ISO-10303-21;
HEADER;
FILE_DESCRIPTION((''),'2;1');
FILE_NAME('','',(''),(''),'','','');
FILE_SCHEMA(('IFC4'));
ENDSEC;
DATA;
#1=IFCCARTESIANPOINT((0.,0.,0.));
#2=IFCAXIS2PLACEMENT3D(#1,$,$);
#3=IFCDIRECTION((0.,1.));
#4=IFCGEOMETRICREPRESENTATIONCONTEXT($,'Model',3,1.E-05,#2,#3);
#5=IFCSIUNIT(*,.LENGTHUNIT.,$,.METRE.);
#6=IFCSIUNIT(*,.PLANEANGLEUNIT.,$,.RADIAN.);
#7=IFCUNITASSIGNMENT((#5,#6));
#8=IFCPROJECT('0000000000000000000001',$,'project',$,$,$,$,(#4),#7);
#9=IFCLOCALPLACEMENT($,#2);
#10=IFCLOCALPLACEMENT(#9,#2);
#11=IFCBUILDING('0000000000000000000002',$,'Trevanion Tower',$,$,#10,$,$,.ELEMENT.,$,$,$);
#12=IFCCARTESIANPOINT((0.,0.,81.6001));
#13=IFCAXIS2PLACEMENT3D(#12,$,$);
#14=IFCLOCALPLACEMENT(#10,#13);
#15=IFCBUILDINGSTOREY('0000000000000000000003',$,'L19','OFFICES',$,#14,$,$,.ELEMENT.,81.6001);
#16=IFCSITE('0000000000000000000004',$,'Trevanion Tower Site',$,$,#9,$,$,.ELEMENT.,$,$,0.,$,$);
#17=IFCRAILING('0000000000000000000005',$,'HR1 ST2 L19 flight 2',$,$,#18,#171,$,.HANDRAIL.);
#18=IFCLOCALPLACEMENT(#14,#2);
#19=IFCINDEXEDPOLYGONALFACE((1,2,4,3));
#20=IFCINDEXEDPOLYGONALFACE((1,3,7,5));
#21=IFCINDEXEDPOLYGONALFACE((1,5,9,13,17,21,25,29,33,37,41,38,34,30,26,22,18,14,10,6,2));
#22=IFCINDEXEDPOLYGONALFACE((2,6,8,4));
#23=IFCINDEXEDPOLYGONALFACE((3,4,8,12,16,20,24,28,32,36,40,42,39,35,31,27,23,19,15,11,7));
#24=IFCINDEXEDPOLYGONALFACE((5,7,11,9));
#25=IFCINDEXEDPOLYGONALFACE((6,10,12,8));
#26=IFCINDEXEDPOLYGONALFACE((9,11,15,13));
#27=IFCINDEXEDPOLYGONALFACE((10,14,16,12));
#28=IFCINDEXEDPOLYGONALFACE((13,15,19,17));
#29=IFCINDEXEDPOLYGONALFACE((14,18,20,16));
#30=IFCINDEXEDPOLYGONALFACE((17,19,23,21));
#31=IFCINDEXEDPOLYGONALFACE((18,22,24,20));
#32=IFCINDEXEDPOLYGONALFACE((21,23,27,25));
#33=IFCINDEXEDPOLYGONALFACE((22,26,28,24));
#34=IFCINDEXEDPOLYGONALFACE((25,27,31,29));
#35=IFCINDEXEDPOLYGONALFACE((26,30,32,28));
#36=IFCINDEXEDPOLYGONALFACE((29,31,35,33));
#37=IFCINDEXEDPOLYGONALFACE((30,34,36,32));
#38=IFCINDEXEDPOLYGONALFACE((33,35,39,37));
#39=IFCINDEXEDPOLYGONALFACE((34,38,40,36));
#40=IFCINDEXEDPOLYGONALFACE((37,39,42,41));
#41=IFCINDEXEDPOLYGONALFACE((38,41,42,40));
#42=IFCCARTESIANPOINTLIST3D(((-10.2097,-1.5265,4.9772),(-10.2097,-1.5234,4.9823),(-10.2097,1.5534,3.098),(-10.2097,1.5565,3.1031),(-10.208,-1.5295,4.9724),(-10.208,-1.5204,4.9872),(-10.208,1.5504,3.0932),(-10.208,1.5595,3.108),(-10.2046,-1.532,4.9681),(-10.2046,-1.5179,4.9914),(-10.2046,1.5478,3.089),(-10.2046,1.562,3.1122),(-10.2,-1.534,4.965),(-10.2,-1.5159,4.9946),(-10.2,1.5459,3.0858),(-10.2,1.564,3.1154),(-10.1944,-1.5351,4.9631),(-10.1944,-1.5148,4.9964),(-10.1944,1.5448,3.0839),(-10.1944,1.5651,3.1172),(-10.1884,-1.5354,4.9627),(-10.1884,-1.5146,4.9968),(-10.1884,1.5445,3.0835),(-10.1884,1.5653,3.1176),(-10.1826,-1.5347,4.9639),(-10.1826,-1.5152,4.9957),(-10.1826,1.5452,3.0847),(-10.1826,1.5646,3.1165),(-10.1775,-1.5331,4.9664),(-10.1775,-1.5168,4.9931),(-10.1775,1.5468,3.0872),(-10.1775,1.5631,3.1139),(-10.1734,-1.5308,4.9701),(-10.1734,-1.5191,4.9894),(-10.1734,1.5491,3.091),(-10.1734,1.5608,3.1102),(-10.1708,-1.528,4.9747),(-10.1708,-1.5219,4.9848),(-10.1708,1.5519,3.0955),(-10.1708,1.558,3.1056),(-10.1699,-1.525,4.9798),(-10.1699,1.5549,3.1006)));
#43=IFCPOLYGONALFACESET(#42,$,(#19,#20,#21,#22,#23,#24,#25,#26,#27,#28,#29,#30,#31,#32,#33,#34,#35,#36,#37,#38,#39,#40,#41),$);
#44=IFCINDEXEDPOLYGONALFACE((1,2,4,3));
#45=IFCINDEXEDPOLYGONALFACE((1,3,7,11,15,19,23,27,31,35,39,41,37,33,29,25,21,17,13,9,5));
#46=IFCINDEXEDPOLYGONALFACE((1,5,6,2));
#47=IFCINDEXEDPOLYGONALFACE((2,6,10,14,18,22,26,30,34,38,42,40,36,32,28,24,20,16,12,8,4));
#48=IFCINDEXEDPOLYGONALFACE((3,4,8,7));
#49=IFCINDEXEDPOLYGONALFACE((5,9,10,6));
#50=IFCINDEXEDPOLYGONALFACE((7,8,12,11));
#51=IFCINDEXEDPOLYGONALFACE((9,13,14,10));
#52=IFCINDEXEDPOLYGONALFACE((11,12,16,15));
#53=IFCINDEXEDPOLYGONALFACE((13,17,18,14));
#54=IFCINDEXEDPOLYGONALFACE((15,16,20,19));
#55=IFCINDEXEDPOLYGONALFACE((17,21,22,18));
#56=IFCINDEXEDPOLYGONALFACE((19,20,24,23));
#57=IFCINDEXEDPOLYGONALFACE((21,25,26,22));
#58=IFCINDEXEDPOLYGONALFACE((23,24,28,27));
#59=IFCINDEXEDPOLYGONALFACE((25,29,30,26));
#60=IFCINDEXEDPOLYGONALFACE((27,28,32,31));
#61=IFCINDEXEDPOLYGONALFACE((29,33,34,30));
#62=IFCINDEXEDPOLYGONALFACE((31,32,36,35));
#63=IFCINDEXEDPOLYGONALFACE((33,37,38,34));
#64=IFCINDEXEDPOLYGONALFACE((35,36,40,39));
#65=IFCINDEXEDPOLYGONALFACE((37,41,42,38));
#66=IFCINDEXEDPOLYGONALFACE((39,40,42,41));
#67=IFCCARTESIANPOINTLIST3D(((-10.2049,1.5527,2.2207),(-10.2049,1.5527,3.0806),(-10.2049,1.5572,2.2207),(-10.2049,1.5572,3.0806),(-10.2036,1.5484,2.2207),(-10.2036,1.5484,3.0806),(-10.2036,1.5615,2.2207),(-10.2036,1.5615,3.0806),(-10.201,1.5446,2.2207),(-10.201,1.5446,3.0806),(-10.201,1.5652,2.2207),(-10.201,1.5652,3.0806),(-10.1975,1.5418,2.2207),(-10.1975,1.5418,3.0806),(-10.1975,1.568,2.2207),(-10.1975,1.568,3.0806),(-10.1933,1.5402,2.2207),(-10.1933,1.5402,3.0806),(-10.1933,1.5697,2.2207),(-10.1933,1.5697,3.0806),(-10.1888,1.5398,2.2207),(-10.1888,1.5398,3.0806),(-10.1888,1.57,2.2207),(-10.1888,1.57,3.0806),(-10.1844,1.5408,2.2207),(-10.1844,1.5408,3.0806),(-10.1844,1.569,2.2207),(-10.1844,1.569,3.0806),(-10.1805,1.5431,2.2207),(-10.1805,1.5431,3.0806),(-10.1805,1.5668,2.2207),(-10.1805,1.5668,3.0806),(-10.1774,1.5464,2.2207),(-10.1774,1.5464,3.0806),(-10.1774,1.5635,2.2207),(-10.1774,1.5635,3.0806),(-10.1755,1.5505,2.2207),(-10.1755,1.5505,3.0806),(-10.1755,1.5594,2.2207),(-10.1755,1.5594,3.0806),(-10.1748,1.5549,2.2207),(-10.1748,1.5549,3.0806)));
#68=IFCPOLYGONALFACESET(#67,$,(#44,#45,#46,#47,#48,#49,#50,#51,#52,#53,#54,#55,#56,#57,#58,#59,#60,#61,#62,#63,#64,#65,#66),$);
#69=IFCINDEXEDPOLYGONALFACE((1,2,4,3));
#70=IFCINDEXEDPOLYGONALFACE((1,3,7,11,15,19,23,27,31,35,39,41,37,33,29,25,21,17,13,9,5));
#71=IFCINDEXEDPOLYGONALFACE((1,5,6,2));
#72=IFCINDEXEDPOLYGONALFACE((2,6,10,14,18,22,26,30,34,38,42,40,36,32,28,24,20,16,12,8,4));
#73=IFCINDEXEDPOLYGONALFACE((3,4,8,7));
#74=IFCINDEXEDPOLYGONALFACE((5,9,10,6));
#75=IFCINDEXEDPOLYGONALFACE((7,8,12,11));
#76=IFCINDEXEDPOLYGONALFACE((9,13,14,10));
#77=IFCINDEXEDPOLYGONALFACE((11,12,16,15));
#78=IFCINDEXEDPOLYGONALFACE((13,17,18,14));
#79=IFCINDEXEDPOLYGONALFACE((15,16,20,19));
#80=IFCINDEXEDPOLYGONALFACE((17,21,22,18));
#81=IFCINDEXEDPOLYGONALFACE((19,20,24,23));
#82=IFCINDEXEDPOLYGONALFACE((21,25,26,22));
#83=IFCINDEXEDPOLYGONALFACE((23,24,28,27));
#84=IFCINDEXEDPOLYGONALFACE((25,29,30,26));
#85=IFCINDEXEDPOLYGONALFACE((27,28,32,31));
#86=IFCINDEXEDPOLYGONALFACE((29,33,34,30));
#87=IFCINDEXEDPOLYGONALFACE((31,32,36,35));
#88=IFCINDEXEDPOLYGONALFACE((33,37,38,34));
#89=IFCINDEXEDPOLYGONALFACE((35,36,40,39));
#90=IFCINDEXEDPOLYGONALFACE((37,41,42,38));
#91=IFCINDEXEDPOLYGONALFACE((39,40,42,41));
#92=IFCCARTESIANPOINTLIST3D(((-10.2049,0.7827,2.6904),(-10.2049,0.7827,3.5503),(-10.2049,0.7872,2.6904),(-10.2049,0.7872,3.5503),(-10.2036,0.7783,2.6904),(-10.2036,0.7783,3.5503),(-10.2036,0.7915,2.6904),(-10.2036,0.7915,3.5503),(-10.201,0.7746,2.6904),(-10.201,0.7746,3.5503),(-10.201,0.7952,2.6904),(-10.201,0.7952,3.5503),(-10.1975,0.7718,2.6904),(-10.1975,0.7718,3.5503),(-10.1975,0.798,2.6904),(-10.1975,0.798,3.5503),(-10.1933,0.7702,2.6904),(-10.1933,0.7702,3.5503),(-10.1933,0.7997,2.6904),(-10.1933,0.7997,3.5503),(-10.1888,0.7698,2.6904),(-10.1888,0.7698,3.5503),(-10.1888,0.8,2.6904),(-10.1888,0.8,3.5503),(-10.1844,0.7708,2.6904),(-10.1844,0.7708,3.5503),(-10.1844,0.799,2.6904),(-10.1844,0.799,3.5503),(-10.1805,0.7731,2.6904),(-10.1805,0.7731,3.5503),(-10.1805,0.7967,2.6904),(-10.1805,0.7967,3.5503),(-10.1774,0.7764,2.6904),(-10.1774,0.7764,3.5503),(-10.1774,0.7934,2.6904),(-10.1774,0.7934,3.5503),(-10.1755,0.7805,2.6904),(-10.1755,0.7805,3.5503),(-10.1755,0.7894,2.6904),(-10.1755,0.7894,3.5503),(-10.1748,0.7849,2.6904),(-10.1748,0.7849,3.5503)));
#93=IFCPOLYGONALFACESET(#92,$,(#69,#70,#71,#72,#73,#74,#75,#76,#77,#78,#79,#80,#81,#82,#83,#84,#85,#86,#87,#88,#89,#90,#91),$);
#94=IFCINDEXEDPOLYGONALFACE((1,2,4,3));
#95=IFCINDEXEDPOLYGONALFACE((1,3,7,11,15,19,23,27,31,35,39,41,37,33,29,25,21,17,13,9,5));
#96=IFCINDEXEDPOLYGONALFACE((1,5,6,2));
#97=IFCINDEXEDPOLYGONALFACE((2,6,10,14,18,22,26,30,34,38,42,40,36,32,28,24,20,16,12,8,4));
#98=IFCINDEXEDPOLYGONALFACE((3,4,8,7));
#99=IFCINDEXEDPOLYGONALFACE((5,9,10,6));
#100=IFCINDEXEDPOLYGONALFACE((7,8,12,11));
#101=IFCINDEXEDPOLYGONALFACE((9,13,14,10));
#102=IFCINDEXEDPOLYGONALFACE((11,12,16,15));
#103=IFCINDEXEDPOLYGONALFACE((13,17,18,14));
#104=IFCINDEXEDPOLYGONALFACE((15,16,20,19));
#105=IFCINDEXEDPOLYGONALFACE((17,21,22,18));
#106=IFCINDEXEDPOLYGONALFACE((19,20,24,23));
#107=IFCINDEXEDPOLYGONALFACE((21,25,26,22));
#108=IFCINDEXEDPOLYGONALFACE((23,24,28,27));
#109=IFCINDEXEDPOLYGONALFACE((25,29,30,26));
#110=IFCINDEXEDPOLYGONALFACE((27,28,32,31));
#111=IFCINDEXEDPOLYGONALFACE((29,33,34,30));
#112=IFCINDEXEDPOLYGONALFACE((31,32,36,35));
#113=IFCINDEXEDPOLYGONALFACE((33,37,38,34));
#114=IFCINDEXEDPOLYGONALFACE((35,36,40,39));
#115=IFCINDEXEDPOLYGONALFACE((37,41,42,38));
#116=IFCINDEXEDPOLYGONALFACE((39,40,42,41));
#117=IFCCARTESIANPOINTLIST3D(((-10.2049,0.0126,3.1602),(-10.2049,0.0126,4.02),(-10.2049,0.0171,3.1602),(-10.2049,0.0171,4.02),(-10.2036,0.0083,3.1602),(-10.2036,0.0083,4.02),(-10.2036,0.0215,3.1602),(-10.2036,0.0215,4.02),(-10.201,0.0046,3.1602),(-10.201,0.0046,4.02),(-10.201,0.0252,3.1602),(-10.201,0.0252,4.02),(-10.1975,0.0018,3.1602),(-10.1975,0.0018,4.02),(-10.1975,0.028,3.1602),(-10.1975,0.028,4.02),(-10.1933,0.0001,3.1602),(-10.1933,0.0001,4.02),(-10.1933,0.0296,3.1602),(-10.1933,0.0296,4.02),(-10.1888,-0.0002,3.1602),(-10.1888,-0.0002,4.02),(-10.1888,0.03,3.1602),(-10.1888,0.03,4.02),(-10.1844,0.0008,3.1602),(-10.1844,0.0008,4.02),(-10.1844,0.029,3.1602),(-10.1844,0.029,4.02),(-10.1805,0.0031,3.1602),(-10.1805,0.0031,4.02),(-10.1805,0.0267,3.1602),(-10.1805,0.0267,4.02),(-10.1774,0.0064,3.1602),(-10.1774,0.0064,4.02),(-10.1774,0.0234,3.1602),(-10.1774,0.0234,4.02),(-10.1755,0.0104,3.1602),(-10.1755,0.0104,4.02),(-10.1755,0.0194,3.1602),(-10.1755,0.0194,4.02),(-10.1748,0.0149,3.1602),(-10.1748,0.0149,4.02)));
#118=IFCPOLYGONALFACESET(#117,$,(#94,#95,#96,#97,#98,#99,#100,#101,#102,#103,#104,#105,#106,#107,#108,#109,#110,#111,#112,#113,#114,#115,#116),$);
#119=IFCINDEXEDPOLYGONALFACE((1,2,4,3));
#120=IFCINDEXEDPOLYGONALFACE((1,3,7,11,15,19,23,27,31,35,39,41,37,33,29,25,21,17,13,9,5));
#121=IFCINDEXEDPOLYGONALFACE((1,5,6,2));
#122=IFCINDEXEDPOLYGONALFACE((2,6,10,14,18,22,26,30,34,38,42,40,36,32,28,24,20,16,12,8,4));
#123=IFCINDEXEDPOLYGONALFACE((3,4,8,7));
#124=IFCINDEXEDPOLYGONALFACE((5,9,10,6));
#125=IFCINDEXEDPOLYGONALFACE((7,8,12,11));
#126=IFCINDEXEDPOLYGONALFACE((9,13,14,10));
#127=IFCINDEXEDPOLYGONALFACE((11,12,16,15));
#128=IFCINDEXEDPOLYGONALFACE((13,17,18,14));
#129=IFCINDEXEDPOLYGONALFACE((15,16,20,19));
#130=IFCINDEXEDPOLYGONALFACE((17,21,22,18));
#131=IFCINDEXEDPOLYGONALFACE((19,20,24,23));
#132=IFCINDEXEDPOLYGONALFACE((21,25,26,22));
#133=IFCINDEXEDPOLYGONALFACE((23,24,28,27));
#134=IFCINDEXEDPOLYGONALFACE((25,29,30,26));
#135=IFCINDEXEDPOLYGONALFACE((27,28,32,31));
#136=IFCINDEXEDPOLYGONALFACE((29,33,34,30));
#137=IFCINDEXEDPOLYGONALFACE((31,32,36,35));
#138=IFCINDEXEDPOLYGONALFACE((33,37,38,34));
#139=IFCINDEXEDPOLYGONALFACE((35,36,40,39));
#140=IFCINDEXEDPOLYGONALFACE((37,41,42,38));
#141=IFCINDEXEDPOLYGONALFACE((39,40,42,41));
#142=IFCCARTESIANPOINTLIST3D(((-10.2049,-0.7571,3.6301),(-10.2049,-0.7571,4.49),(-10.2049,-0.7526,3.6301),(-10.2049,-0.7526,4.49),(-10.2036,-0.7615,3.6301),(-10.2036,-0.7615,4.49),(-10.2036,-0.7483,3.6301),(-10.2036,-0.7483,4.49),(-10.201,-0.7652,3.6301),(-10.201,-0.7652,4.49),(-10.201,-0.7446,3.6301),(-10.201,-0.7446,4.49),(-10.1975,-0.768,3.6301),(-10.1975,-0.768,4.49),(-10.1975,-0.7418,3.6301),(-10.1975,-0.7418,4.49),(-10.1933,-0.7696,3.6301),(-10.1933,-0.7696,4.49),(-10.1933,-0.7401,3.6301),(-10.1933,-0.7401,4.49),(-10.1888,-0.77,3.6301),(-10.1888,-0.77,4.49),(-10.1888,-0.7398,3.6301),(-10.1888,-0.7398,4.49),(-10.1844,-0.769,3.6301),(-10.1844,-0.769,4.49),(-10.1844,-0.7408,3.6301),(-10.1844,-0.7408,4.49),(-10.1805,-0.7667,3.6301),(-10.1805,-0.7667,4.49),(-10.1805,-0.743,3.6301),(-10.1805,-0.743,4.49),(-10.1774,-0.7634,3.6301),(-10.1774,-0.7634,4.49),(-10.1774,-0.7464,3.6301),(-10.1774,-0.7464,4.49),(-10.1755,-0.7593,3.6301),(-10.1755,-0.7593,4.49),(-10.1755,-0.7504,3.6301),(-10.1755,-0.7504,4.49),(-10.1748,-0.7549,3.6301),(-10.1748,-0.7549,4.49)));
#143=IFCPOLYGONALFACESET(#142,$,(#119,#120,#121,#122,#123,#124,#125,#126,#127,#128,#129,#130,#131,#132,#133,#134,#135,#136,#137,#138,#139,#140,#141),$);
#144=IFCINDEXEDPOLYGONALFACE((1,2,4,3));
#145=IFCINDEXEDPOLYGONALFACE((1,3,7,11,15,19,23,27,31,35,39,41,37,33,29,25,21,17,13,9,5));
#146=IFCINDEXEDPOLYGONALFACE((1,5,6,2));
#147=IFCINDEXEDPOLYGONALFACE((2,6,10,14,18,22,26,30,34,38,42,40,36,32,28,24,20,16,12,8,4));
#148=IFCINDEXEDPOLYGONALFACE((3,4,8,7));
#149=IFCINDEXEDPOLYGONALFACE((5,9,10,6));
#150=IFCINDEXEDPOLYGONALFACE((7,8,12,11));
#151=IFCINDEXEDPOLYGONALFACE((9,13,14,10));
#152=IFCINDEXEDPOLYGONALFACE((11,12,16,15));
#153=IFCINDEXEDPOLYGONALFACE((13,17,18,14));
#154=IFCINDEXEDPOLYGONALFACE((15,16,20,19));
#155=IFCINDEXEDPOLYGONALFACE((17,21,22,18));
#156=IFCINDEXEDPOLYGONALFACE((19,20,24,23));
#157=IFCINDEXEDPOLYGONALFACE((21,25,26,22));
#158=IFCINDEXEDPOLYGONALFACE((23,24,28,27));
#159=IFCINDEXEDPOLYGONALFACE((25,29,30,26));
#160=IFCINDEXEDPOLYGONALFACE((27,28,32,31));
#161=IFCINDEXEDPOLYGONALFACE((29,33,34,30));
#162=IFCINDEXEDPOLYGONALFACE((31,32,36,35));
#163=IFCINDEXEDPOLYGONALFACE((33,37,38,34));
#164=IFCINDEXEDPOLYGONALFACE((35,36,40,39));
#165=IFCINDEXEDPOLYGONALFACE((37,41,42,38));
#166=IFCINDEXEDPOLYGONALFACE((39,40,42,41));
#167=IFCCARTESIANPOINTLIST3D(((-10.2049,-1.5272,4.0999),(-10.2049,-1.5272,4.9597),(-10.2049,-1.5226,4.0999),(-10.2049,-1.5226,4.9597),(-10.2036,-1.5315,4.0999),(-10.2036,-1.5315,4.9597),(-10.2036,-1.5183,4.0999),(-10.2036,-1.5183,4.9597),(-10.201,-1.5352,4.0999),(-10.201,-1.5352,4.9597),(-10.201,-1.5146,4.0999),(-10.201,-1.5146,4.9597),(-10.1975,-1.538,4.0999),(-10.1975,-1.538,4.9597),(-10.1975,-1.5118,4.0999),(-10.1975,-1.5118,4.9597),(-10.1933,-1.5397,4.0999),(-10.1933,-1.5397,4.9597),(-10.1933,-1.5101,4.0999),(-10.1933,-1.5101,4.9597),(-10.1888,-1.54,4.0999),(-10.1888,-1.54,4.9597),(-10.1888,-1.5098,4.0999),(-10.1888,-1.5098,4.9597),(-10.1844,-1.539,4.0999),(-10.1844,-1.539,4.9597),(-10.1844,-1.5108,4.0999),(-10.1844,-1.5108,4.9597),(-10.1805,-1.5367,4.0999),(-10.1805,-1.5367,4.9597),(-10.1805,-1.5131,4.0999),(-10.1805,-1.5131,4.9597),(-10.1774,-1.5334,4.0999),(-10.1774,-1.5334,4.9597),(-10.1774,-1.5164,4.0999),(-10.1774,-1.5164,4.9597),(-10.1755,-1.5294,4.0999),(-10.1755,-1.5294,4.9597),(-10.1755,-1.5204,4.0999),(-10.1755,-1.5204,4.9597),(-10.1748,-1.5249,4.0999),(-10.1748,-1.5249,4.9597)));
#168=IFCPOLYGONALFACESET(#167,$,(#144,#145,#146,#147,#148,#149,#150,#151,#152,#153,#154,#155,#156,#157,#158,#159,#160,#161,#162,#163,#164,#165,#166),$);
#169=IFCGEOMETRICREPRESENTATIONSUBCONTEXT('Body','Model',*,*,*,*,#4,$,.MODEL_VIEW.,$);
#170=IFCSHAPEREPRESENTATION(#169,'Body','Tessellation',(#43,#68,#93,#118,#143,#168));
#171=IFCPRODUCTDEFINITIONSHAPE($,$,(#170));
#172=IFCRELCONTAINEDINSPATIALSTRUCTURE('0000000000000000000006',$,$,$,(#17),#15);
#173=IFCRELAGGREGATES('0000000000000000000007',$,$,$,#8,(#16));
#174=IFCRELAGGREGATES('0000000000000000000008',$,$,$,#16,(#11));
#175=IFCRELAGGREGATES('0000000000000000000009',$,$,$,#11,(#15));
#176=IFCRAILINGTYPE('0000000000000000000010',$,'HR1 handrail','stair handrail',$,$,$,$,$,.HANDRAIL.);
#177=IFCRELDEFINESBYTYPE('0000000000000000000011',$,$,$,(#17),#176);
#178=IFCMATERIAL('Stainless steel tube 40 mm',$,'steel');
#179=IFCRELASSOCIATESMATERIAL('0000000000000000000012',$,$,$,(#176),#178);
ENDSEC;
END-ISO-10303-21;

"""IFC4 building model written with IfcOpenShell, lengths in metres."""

from ifc_helpers import new_model, si_unit, direction, frame, origin, origin_2d, place, context, subcontext, project, spatial, circle, extrude, material, type_object, element, save


model = new_model("IFC4")

# Units and contexts
model_context = context("Model", 3, precision=1e-05, world=origin(), true_north=direction((0.0, 1.0)))
body_context = subcontext(model_context, "Body", "Model", "MODEL_VIEW")
ifc_project = project(units=[si_unit("LENGTHUNIT", "METRE"), si_unit("PLANEANGLEUNIT", "RADIAN")], contexts=[model_context])

# Site, building, storey
site_placement = place(None, origin())
site = spatial("IfcSite", under=ifc_project, at=site_placement, Name="Trevanion Tower Site", CompositionType="ELEMENT", RefElevation=0.0)
building_placement = place(site_placement, origin())
building = spatial("IfcBuilding", under=site, at=building_placement, Name="Trevanion Tower", CompositionType="ELEMENT")
storey_placement = place(building_placement, frame((0.0, 0.0, 81.6001)))
storey = spatial("IfcBuildingStorey", under=building, at=storey_placement, Name="L19", Description="OFFICES", CompositionType="ELEMENT", Elevation=81.6001)

# Railing
ifc_material_1 = material(Name="Stainless steel tube 40 mm", Category="steel")
railing_type = type_object("IfcRailingType", Name="HR1 handrail", Description="stair handrail", PredefinedType="HANDRAIL", material=ifc_material_1)
for number, where, name in (
    (1, (-10.1899, 1.5549, 2.2207), "HR1 ST2 L19 flight 2"),
):
    element("IfcRailing", number, at=place(storey_placement, frame(where)), inside=storey, type_object=railing_type, Name=name, PredefinedType="HANDRAIL", context=body_context, shape_type="SweptSolid", body=[
        extrude(circle(Radius=0.02, at=origin_2d()), frame((0.0, 0.0, 0.8799), z_axis=(0.0, -0.853648, 0.52085), x_axis=(1.0, 0.0, 0.0)), (0.0, 0.0, 1.0), 3.6079),
        extrude(circle(Radius=0.0151, at=origin_2d()), origin(), (0.0, 0.0, 1.0), 0.8599),
        extrude(circle(Radius=0.0151, at=origin_2d()), frame((0.0, -0.77, 0.4697)), (0.0, 0.0, 1.0), 0.8599),
        extrude(circle(Radius=0.0151, at=origin_2d()), frame((0.0, -1.54, 0.9395)), (0.0, 0.0, 1.0), 0.8599),
        extrude(circle(Radius=0.0151, at=origin_2d()), frame((0.0, -2.3098, 1.4094)), (0.0, 0.0, 1.0), 0.8599),
        extrude(circle(Radius=0.0151, at=origin_2d()), frame((0.0, -3.0798, 1.8792)), (0.0, 0.0, 1.0), 0.8599),
    ])

save(model, "model.ifc")
